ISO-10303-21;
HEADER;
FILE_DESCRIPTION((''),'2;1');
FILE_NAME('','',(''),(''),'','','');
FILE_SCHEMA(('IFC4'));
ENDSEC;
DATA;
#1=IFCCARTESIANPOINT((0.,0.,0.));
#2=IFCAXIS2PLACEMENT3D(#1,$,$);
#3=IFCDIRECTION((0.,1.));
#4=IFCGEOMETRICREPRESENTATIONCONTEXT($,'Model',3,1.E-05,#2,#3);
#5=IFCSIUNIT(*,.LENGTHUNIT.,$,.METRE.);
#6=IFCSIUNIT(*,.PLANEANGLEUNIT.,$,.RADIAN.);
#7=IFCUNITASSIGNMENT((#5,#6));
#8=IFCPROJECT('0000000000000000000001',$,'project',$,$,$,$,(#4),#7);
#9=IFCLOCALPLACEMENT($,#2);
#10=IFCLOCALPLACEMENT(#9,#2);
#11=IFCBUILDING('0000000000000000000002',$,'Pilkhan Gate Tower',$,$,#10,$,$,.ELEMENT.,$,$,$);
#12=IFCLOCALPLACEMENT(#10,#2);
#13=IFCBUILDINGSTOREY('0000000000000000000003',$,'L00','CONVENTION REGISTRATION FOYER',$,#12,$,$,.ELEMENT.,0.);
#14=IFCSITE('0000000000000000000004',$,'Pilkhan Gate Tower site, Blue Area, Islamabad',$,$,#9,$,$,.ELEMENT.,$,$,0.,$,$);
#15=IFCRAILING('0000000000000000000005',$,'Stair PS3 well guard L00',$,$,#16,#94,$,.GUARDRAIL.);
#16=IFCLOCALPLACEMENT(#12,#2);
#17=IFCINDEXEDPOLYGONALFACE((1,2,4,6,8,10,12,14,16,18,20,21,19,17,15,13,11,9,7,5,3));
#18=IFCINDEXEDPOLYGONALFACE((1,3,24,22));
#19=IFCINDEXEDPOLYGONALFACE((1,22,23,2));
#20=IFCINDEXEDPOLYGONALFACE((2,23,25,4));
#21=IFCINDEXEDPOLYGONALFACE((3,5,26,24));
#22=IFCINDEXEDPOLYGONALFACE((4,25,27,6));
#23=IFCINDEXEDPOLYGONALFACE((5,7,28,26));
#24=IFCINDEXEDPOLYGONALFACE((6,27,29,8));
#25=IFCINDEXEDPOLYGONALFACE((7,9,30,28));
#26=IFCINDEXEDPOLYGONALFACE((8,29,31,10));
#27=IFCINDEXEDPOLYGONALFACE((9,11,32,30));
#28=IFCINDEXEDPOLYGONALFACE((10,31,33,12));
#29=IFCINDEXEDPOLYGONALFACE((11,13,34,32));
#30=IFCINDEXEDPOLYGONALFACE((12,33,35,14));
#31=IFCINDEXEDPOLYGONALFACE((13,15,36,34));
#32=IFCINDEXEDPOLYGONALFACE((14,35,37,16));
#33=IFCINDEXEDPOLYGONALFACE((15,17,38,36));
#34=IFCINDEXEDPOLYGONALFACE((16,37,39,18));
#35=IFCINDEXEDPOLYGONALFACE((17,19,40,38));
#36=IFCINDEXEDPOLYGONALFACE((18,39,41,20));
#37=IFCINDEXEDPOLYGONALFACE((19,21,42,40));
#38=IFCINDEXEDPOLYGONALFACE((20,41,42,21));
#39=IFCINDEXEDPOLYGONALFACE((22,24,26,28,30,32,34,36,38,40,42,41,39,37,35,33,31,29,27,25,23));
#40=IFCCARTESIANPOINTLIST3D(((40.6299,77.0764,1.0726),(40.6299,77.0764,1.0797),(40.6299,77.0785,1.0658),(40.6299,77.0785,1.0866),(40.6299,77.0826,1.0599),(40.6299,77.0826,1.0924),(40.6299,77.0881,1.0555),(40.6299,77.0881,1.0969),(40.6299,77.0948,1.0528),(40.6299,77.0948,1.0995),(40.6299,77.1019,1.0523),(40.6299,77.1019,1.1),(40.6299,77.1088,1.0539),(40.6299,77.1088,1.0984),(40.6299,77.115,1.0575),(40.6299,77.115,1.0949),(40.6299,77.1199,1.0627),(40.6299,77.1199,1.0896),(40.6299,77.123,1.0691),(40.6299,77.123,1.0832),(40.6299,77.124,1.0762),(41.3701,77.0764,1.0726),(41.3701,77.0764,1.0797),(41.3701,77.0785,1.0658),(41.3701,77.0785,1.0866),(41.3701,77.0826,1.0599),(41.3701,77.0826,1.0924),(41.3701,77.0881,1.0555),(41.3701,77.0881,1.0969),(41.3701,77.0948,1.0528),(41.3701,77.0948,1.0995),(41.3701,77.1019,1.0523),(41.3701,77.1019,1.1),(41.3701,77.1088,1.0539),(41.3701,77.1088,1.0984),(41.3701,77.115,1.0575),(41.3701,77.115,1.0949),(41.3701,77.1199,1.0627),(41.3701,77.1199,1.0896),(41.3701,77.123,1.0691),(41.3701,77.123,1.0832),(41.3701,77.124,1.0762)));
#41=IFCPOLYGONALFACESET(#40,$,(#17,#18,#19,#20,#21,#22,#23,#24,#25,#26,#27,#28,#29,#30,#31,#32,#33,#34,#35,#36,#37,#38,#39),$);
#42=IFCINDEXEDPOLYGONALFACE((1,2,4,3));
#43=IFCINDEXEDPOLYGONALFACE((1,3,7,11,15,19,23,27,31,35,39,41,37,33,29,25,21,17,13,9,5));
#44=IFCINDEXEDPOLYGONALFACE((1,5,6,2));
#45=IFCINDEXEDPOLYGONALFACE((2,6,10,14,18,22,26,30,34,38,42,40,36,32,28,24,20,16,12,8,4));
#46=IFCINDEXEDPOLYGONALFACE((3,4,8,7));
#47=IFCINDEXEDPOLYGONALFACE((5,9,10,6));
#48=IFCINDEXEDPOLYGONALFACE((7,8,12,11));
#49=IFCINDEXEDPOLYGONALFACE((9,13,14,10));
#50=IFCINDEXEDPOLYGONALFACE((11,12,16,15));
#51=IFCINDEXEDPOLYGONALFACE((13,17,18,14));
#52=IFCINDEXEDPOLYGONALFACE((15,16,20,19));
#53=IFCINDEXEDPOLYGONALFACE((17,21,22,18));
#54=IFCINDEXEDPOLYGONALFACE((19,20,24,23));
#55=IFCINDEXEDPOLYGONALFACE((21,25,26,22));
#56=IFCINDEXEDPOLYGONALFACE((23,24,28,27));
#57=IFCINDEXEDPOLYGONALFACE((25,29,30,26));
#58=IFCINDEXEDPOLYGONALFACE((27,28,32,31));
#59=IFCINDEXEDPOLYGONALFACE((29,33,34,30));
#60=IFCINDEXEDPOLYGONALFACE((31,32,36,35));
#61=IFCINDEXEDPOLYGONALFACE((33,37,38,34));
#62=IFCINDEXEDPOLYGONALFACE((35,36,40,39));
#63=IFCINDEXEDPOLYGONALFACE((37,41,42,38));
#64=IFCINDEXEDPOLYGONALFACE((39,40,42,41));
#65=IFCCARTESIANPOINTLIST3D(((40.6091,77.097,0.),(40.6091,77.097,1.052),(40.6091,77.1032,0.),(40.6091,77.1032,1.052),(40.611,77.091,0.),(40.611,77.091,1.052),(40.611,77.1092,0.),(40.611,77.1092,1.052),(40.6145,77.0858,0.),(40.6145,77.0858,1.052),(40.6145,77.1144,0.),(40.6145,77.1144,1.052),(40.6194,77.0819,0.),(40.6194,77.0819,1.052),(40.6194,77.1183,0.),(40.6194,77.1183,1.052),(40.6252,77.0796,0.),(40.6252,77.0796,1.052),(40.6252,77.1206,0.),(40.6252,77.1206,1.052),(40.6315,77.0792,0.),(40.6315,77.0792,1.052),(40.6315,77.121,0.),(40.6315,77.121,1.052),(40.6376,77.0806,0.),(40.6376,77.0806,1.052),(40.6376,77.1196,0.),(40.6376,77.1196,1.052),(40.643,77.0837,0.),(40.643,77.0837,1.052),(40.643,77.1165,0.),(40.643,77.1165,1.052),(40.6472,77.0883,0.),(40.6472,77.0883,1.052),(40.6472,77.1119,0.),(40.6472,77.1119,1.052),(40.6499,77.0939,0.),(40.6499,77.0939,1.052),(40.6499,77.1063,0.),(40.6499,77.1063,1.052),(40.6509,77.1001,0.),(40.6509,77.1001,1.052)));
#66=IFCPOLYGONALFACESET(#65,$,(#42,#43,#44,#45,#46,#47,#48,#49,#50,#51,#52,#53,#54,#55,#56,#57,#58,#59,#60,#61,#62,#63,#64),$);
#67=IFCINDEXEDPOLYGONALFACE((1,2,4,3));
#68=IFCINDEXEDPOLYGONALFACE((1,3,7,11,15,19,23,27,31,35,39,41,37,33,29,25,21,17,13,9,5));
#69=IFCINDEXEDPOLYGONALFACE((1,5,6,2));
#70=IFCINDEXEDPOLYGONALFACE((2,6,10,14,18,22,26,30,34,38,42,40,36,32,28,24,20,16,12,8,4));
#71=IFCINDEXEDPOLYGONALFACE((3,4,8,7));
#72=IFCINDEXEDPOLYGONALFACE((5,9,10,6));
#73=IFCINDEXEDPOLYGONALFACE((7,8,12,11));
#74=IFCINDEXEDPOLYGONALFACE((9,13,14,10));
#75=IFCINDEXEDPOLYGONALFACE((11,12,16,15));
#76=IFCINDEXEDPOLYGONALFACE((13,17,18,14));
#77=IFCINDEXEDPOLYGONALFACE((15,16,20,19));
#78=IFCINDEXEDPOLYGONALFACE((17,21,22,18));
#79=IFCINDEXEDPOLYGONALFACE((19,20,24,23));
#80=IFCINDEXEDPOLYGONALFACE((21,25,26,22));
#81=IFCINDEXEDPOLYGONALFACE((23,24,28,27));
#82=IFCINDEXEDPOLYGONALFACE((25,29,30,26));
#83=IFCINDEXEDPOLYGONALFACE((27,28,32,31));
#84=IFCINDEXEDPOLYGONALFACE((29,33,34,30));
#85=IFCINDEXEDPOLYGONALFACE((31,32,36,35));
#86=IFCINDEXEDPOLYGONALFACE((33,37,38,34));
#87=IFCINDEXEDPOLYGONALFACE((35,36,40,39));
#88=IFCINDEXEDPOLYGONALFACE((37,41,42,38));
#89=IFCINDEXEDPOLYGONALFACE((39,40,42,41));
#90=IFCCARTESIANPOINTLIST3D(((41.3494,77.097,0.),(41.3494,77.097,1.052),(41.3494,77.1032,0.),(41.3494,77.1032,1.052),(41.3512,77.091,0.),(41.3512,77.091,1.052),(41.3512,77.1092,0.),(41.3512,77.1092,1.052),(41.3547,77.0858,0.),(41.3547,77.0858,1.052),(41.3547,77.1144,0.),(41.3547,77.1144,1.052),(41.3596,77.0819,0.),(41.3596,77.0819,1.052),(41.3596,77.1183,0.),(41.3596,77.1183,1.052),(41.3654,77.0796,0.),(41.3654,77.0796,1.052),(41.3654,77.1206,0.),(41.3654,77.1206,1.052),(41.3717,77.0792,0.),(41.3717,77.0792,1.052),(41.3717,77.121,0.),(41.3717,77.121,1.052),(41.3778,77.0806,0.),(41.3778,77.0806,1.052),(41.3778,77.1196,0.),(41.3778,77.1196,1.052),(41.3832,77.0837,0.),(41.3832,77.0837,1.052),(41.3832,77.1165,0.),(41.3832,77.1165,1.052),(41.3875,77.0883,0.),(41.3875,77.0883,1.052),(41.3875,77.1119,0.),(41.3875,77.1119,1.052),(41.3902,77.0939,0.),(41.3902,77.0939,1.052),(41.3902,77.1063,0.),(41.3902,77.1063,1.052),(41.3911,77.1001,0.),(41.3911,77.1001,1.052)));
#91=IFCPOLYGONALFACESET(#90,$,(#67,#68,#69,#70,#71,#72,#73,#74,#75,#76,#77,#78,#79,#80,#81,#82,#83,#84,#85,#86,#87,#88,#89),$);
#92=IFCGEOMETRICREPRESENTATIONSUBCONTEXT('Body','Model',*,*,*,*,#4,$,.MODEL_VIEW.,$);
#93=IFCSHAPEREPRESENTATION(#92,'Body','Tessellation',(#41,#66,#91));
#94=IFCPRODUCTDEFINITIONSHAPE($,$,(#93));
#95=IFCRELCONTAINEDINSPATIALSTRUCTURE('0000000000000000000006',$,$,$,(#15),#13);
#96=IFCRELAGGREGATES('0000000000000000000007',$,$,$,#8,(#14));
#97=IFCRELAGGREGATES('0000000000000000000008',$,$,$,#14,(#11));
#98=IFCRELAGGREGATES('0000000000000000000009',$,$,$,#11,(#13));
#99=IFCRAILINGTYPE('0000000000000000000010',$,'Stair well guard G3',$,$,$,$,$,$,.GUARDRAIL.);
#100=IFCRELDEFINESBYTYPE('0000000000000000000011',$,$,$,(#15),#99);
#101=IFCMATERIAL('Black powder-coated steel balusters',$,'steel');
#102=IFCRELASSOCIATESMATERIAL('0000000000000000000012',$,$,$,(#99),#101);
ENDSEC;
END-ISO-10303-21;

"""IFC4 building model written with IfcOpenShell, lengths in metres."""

from ifc_helpers import new_model, si_unit, direction, frame, origin, origin_2d, place, context, subcontext, project, spatial, circle, extrude, material, type_object, element, save


model = new_model("IFC4")

# Units and contexts
model_context = context("Model", 3, precision=1e-05, world=origin(), true_north=direction((0.0, 1.0)))
body_context = subcontext(model_context, "Body", "Model", "MODEL_VIEW")
ifc_project = project(units=[si_unit("LENGTHUNIT", "METRE"), si_unit("PLANEANGLEUNIT", "RADIAN")], contexts=[model_context])

# Site, building, storey
site_placement = place(None, origin())
site = spatial("IfcSite", under=ifc_project, at=site_placement, Name="Pilkhan Gate Tower site, Blue Area, Islamabad", CompositionType="ELEMENT", RefElevation=0.0)
building_placement = place(site_placement, origin())
building = spatial("IfcBuilding", under=site, at=building_placement, Name="Pilkhan Gate Tower", CompositionType="ELEMENT")
storey_placement = place(building_placement, origin())
storey = spatial("IfcBuildingStorey", under=building, at=storey_placement, Name="L00", Description="CONVENTION REGISTRATION FOYER", CompositionType="ELEMENT", Elevation=0.0)

# Railing
ifc_material_1 = material(Name="Black powder-coated steel balusters", Category="steel")
railing_type_1 = type_object("IfcRailingType", Name="Stair well guard G3", PredefinedType="GUARDRAIL", material=ifc_material_1)
railing_1_placement = place(storey_placement, frame((40.6299, 77.1001, 0.0)))
element("IfcRailing", 1, at=railing_1_placement, inside=storey, type_object=railing_type_1, Name="Stair PS3 well guard L00", PredefinedType="GUARDRAIL", context=body_context, shape_type="SweptSolid", body=[
    extrude(circle(Radius=0.0239, at=origin_2d()), frame((0.0, 0.0, 1.0762), z_axis=(1.0, 0.0, 0.0), x_axis=(0.0, 1.0, 0.0)), (0.0, 0.0, 1.0), 0.7402),
    extrude(circle(Radius=0.021, at=origin_2d()), origin(), (0.0, 0.0, 1.0), 1.052),
    extrude(circle(Radius=0.021, at=origin_2d()), frame((0.7402, 0.0, 0.0)), (0.0, 0.0, 1.0), 1.052),
])

save(model, "model.ifc")
